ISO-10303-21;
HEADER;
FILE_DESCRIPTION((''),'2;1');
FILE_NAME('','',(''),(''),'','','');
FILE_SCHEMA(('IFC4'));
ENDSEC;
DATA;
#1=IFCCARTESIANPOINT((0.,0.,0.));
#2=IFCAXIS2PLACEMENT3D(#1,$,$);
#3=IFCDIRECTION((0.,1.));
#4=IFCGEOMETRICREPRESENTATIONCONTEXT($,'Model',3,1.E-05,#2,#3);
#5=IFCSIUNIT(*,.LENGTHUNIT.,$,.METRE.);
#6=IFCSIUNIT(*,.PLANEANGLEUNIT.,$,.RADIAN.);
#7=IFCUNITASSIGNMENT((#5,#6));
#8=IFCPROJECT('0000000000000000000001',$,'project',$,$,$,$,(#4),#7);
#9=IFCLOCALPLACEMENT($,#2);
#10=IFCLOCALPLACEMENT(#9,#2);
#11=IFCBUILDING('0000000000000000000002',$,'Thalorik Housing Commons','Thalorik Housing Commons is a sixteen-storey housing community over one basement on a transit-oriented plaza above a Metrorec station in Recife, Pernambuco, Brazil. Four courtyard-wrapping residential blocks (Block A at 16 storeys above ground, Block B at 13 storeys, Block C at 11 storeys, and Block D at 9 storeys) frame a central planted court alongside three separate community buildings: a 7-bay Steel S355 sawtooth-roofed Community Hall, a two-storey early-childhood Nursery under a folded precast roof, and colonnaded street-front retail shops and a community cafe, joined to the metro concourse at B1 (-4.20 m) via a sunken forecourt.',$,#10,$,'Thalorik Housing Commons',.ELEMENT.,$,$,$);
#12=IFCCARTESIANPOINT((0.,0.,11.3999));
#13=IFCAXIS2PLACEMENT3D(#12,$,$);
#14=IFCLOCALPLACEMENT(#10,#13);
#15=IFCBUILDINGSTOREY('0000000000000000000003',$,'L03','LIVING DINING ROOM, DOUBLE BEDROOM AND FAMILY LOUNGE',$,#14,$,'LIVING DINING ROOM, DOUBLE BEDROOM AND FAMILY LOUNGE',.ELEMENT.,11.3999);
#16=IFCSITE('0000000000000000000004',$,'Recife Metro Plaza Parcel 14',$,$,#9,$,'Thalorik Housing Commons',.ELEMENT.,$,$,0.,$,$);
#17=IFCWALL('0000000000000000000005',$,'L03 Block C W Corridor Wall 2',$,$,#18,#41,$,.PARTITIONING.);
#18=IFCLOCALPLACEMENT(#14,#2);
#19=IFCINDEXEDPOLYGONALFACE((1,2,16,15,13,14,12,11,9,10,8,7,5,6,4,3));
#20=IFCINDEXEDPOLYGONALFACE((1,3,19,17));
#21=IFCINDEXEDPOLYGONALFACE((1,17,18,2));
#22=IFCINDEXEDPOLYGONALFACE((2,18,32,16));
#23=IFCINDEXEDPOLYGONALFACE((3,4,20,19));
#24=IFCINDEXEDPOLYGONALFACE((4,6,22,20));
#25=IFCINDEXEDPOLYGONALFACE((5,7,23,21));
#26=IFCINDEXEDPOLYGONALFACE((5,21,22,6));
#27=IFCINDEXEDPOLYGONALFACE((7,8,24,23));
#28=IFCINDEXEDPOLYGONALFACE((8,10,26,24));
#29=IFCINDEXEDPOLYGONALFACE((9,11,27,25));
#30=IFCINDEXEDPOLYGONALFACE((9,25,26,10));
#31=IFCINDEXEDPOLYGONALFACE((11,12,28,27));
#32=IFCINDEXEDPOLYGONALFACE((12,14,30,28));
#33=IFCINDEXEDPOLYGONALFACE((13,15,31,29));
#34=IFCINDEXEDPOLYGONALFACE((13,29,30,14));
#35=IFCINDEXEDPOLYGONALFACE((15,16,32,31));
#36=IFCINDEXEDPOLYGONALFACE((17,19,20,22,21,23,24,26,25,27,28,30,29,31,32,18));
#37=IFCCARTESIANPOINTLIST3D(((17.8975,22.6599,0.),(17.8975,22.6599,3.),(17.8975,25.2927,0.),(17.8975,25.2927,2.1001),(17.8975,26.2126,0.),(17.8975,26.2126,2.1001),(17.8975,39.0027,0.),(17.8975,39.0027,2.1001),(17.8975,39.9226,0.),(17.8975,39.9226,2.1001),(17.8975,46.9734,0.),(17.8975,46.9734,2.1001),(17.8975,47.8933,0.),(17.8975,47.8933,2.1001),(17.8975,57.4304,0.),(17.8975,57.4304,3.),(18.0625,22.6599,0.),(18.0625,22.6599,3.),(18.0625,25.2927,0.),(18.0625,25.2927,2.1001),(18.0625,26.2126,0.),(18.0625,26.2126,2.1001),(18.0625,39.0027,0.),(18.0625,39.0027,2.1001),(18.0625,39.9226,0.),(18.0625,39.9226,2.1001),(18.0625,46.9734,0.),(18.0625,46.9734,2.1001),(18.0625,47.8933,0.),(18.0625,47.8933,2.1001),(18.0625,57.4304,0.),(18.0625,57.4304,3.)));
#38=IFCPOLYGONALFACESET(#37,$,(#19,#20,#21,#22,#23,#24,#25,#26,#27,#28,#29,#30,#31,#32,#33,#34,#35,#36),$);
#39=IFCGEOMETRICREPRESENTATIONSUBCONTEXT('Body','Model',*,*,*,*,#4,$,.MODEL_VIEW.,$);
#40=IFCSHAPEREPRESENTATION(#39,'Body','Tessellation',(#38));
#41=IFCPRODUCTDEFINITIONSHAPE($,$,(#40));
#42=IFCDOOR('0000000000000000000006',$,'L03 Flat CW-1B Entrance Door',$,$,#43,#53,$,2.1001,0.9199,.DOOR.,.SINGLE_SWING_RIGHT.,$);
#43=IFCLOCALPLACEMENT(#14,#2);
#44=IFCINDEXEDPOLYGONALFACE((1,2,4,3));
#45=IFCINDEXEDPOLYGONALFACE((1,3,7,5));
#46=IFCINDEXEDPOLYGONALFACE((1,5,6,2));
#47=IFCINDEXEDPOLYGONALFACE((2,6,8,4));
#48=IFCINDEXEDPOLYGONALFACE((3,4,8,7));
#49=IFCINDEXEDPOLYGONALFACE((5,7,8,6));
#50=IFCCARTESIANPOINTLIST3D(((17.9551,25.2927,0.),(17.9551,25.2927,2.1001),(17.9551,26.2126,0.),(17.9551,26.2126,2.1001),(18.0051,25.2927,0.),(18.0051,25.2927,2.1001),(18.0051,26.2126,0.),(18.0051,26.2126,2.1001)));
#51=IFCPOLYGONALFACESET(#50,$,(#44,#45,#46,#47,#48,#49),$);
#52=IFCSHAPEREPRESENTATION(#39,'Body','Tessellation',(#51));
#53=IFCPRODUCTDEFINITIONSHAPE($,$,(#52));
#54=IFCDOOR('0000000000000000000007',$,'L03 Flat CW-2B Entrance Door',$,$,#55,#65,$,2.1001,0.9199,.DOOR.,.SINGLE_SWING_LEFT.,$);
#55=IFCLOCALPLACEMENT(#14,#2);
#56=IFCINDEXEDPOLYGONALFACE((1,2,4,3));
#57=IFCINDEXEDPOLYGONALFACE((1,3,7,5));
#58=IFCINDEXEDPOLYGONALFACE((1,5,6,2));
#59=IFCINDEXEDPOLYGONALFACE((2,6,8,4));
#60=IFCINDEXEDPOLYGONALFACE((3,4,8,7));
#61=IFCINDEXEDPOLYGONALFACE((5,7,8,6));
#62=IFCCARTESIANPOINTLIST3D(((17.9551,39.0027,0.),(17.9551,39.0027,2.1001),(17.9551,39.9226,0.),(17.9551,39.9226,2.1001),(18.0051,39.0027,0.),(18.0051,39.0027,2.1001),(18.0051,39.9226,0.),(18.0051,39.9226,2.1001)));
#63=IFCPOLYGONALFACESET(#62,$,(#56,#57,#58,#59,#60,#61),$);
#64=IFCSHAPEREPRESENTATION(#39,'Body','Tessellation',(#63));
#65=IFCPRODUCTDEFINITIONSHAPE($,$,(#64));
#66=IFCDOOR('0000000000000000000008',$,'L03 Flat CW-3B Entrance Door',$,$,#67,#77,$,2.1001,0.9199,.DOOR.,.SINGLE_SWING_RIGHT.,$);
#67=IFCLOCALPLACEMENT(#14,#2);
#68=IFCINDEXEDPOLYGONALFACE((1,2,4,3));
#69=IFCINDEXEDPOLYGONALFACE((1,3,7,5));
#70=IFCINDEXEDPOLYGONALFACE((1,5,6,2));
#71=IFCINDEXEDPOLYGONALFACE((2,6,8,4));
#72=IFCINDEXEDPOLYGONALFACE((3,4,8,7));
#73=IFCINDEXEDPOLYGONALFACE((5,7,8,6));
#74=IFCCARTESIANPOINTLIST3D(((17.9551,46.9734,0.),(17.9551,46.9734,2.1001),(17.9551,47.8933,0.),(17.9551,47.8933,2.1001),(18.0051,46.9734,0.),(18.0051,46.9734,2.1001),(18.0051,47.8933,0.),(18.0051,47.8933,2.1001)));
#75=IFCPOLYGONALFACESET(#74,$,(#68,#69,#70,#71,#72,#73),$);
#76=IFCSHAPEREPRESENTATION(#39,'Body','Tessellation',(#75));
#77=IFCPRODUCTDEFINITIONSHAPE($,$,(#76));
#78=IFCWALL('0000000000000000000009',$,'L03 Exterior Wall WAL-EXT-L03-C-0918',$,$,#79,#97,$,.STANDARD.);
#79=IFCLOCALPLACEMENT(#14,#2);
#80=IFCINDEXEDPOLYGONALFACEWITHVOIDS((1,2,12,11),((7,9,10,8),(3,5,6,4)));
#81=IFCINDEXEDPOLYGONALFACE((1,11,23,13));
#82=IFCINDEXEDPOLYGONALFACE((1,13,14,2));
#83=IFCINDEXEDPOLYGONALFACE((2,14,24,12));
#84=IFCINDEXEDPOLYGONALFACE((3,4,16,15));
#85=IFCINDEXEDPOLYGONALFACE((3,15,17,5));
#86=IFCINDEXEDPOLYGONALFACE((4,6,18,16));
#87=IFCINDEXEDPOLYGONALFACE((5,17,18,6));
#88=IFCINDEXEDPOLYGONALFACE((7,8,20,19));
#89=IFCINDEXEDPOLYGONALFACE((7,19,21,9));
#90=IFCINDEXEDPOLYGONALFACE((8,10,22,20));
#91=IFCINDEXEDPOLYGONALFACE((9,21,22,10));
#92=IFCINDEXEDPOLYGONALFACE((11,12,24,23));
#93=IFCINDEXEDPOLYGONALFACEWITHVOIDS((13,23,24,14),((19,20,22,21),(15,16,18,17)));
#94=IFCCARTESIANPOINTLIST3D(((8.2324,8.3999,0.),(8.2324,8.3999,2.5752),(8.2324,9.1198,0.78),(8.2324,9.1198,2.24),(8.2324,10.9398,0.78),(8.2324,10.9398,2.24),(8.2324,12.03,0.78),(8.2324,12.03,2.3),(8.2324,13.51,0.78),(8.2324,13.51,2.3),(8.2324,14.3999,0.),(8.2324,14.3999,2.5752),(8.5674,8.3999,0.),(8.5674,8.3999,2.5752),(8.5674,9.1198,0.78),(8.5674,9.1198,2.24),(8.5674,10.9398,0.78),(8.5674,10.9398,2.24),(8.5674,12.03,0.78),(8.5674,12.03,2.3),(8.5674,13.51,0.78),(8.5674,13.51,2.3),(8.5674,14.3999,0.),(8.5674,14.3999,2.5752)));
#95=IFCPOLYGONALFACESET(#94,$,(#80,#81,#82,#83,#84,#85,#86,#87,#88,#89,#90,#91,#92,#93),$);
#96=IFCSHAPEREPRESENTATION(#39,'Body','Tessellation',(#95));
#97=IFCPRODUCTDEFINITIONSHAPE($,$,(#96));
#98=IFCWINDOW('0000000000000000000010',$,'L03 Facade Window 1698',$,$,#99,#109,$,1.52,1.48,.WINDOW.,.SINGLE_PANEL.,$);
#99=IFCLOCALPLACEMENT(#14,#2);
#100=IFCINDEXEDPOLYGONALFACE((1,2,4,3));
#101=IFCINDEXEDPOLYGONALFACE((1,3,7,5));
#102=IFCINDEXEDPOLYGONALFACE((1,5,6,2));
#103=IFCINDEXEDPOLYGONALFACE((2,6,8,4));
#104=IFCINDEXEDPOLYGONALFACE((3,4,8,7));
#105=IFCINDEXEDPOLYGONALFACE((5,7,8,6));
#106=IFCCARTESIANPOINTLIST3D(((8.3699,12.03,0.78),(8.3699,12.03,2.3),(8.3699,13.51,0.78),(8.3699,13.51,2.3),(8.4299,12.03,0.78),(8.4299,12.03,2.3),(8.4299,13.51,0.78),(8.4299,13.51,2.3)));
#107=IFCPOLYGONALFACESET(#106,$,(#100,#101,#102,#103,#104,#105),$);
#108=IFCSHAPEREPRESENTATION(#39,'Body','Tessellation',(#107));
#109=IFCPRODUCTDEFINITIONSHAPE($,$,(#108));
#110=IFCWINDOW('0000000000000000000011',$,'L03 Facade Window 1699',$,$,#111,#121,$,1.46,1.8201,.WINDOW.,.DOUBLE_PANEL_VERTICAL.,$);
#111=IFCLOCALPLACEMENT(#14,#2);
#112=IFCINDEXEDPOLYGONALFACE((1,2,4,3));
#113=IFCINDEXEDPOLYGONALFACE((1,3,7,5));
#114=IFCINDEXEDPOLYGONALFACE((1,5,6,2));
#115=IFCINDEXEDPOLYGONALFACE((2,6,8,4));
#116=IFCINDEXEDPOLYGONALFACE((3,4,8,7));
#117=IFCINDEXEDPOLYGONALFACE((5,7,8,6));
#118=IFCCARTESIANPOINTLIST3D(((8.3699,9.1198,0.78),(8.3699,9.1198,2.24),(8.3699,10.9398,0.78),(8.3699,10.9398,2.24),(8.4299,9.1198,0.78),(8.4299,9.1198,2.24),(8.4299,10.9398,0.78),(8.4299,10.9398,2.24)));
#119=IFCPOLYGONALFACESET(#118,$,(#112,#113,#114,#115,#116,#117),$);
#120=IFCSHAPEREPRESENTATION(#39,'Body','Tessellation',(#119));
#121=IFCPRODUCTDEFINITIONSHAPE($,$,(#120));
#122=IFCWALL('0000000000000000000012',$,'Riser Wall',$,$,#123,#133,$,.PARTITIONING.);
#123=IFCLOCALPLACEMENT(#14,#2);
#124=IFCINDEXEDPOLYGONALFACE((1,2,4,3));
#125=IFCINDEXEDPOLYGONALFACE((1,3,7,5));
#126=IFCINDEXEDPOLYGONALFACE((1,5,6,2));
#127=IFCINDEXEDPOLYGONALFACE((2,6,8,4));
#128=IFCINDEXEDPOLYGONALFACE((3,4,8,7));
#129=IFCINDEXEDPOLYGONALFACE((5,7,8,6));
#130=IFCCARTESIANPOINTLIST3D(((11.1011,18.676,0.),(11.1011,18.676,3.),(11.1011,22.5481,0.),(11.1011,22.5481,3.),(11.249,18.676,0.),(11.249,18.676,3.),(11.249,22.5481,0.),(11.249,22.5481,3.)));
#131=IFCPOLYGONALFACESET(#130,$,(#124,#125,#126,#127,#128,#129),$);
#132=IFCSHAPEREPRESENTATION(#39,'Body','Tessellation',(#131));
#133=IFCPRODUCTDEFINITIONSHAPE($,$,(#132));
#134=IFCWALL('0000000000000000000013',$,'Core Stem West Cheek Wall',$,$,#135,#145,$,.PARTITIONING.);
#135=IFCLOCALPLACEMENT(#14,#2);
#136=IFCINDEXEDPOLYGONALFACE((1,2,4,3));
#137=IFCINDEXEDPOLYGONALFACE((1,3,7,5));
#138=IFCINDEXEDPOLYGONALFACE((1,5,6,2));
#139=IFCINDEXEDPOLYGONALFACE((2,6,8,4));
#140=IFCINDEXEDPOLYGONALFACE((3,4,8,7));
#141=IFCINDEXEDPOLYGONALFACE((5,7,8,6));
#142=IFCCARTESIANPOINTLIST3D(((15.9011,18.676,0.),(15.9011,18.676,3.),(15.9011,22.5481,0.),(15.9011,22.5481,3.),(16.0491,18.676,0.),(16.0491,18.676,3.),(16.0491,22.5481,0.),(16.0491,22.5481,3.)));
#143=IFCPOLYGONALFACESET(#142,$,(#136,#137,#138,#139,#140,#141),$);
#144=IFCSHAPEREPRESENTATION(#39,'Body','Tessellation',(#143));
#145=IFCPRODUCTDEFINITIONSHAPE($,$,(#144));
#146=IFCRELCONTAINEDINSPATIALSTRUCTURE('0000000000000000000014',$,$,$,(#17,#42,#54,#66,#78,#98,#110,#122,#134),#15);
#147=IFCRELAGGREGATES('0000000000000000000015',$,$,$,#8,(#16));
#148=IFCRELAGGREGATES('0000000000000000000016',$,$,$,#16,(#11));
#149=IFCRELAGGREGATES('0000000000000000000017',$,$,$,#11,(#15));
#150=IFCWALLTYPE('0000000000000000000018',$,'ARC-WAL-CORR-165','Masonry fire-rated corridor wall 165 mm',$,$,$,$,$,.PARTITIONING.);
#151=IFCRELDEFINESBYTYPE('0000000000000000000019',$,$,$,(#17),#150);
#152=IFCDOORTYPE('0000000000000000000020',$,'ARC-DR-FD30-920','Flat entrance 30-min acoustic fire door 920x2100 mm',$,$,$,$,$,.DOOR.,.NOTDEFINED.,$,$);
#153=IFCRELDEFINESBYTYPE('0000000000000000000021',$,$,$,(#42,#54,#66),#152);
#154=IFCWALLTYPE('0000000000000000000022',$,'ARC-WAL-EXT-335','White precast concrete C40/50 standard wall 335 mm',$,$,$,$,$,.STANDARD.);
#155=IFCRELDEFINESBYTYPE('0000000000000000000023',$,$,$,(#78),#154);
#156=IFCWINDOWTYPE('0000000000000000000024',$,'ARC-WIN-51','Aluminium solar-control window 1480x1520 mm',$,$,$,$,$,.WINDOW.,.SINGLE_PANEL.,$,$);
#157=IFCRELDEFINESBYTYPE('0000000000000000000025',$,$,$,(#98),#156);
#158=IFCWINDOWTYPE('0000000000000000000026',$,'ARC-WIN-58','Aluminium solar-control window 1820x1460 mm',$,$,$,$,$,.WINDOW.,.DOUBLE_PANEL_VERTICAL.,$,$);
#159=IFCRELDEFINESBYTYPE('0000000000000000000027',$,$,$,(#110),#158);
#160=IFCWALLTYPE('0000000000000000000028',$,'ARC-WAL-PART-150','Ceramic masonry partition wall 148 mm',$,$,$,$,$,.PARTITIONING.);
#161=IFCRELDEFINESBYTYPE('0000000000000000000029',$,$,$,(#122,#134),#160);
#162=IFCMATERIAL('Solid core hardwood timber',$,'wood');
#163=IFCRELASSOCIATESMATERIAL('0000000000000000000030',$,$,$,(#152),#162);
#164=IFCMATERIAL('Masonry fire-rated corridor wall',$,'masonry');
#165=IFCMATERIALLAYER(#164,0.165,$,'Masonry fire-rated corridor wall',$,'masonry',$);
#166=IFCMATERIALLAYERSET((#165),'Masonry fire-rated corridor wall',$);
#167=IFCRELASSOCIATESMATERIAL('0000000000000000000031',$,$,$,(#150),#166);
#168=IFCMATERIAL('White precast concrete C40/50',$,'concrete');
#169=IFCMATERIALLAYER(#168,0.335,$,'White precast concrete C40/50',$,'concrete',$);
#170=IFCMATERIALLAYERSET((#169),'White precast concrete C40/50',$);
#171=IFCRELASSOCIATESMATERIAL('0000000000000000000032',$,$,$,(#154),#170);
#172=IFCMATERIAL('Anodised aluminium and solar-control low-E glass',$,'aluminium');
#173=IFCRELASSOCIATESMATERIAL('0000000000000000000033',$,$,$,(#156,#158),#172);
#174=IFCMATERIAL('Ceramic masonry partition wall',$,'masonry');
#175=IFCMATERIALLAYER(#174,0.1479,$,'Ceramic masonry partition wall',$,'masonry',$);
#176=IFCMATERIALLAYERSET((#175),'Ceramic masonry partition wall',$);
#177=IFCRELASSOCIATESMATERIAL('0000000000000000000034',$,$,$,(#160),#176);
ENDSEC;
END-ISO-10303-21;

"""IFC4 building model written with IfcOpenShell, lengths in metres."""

from ifc_helpers import new_model, si_unit, direction, frame, frame_2d, origin, place, context, subcontext, project, spatial, rectangle, extrude, material, layer, layer_set, type_object, element, fill, save


model = new_model("IFC4")

# Units and contexts
model_context = context("Model", 3, precision=1e-05, world=origin(), true_north=direction((0.0, 1.0)))
body_context = subcontext(model_context, "Body", "Model", "MODEL_VIEW")
ifc_project = project(units=[si_unit("LENGTHUNIT", "METRE"), si_unit("PLANEANGLEUNIT", "RADIAN")], contexts=[model_context])

# Site, building, storey
site_placement = place(None, origin())
site = spatial("IfcSite", under=ifc_project, at=site_placement, Name="Recife Metro Plaza Parcel 14", LongName="Thalorik Housing Commons", CompositionType="ELEMENT", RefElevation=0.0)
building_placement = place(site_placement, origin())
building = spatial("IfcBuilding", under=site, at=building_placement, Name="Thalorik Housing Commons", Description="Thalorik Housing Commons is a sixteen-storey housing community over one basement on a transit-oriented plaza above a Metrorec station in Recife, Pernambuco, Brazil. Four courtyard-wrapping residential blocks (Block A at 16 storeys above ground, Block B at 13 storeys, Block C at 11 storeys, and Block D at 9 storeys) frame a central planted court alongside three separate community buildings: a 7-bay Steel S355 sawtooth-roofed Community Hall, a two-storey early-childhood Nursery under a folded precast roof, and colonnaded street-front retail shops and a community cafe, joined to the metro concourse at B1 (-4.20 m) via a sunken forecourt.", LongName="Thalorik Housing Commons", CompositionType="ELEMENT")
storey_placement = place(building_placement, frame((0.0, 0.0, 11.3999)))
storey = spatial("IfcBuildingStorey", under=building, at=storey_placement, Name="L03", Description="LIVING DINING ROOM, DOUBLE BEDROOM AND FAMILY LOUNGE", LongName="LIVING DINING ROOM, DOUBLE BEDROOM AND FAMILY LOUNGE", CompositionType="ELEMENT", Elevation=11.3999)

# Wall, openings, doors
ifc_material_1 = material(Name="Masonry fire-rated corridor wall", Category="masonry")
ifc_material_2 = material(Name="Solid core hardwood timber", Category="wood")
door_type_1 = type_object("IfcDoorType", Name="ARC-DR-FD30-920", Description="Flat entrance 30-min acoustic fire door 920x2100 mm", OperationType="NOTDEFINED", PredefinedType="DOOR", material=ifc_material_2)
ifc_layer_1 = layer(ifc_material_1, 0.165, Name="Masonry fire-rated corridor wall", Category="masonry")
ifc_layer_set_1 = layer_set([ifc_layer_1], Name="Masonry fire-rated corridor wall")
wall_type_1 = type_object("IfcWallType", Name="ARC-WAL-CORR-165", Description="Masonry fire-rated corridor wall 165 mm", PredefinedType="PARTITIONING", material=ifc_layer_set_1)
wall_1_placement = place(storey_placement, frame((17.98, 22.6599, 0.0), z_axis=(0.0, 0.0, 1.0), x_axis=(0.0, 1.0, 0.0)))
wall_1 = element("IfcWall", 1, at=wall_1_placement, inside=storey, type_object=wall_type_1, Name="L03 Block C W Corridor Wall 2", PredefinedType="PARTITIONING", context=body_context, shape_type="SweptSolid", body=[
    extrude(rectangle(XDim=34.7705, YDim=0.165, at=frame_2d((17.3853, 0.0))), origin(), (0.0, 0.0, 1.0), 3.0),
])
opening_1_placement = place(wall_1_placement, frame((2.6328, 0.0, 0.0)))
opening_1 = element("IfcOpeningElement", 2, at=opening_1_placement, cuts=wall_1, PredefinedType="OPENING", context=body_context, shape_type="SweptSolid", body=[
    extrude(rectangle(XDim=0.9199, YDim=2.1001, at=frame_2d((0.46, 1.05))), frame((0.0, 0.0925, 0.0), z_axis=(0.0, -1.0, 0.0), x_axis=(1.0, 0.0, 0.0)), (0.0, 0.0, 1.0), 0.1851),
])
opening_2_placement = place(wall_1_placement, frame((16.3428, 0.0, 0.0)))
opening_2 = element("IfcOpeningElement", 3, at=opening_2_placement, cuts=wall_1, PredefinedType="OPENING", context=body_context, shape_type="SweptSolid", body=[
    extrude(rectangle(XDim=0.9199, YDim=2.1001, at=frame_2d((0.46, 1.05))), frame((0.0, 0.0925, 0.0), z_axis=(0.0, -1.0, 0.0), x_axis=(1.0, 0.0, 0.0)), (0.0, 0.0, 1.0), 0.1851),
])
opening_3_placement = place(wall_1_placement, frame((24.3135, 0.0, 0.0)))
opening_3 = element("IfcOpeningElement", 4, at=opening_3_placement, cuts=wall_1, PredefinedType="OPENING", context=body_context, shape_type="SweptSolid", body=[
    extrude(rectangle(XDim=0.9199, YDim=2.1001, at=frame_2d((0.46, 1.05))), frame((0.0, 0.0925, 0.0), z_axis=(0.0, -1.0, 0.0), x_axis=(1.0, 0.0, 0.0)), (0.0, 0.0, 1.0), 0.1851),
])
door_1_placement = place(opening_1_placement, origin())
door_1 = element("IfcDoor", 5, at=door_1_placement, inside=storey, type_object=door_type_1, Name="L03 Flat CW-1B Entrance Door", OperationType="SINGLE_SWING_RIGHT", OverallHeight=2.1001, OverallWidth=0.9199, PredefinedType="DOOR", context=body_context, shape_type="SweptSolid", body=[
    extrude(rectangle(XDim=0.9199, YDim=2.1001, at=frame_2d((0.46, 1.05))), frame((0.0, 0.0249, 0.0), z_axis=(0.0, -1.0, 0.0), x_axis=(1.0, 0.0, 0.0)), (0.0, 0.0, 1.0), 0.05),
])
fill(opening_1, door_1)
door_2_placement = place(opening_2_placement, origin())
door_2 = element("IfcDoor", 6, at=door_2_placement, inside=storey, type_object=door_type_1, Name="L03 Flat CW-2B Entrance Door", OperationType="SINGLE_SWING_LEFT", OverallHeight=2.1001, OverallWidth=0.9199, PredefinedType="DOOR", context=body_context, shape_type="SweptSolid", body=[
    extrude(rectangle(XDim=0.9199, YDim=2.1001, at=frame_2d((0.46, 1.05))), frame((0.0, 0.0249, 0.0), z_axis=(0.0, -1.0, 0.0), x_axis=(1.0, 0.0, 0.0)), (0.0, 0.0, 1.0), 0.05),
])
fill(opening_2, door_2)
door_3_placement = place(opening_3_placement, origin())
door_3 = element("IfcDoor", 7, at=door_3_placement, inside=storey, type_object=door_type_1, Name="L03 Flat CW-3B Entrance Door", OperationType="SINGLE_SWING_RIGHT", OverallHeight=2.1001, OverallWidth=0.9199, PredefinedType="DOOR", context=body_context, shape_type="SweptSolid", body=[
    extrude(rectangle(XDim=0.9199, YDim=2.1001, at=frame_2d((0.46, 1.05))), frame((0.0, 0.0249, 0.0), z_axis=(0.0, -1.0, 0.0), x_axis=(1.0, 0.0, 0.0)), (0.0, 0.0, 1.0), 0.05),
])
fill(opening_3, door_3)

# Wall, openings, windows
ifc_material_3 = material(Name="White precast concrete C40/50", Category="concrete")
ifc_layer_2 = layer(ifc_material_3, 0.335, Name="White precast concrete C40/50", Category="concrete")
ifc_layer_set_2 = layer_set([ifc_layer_2], Name="White precast concrete C40/50")
wall_type_2 = type_object("IfcWallType", Name="ARC-WAL-EXT-335", Description="White precast concrete C40/50 standard wall 335 mm", PredefinedType="STANDARD", material=ifc_layer_set_2)
wall_2_placement = place(storey_placement, frame((8.3999, 14.3999, 0.0), z_axis=(0.0, 0.0, 1.0), x_axis=(0.0, -1.0, 0.0)))
wall_2 = element("IfcWall", 8, at=wall_2_placement, inside=storey, type_object=wall_type_2, Name="L03 Exterior Wall WAL-EXT-L03-C-0918", PredefinedType="STANDARD", context=body_context, shape_type="SweptSolid", body=[
    extrude(rectangle(XDim=6.0, YDim=0.335, at=frame_2d((3.0, 0.0))), origin(), (0.0, 0.0, 1.0), 2.5752),
])
opening_4_placement = place(wall_2_placement, frame((0.8899, 0.0, 0.78)))
opening_4 = element("IfcOpeningElement", 9, at=opening_4_placement, cuts=wall_2, PredefinedType="OPENING", context=body_context, shape_type="SweptSolid", body=[
    extrude(rectangle(XDim=1.48, YDim=1.52, at=frame_2d((0.74, 0.76))), frame((0.0, 0.1775, 0.0), z_axis=(0.0, -1.0, 0.0), x_axis=(1.0, 0.0, 0.0)), (0.0, 0.0, 1.0), 0.355),
])
opening_5_placement = place(wall_2_placement, frame((3.46, 0.0, 0.78)))
opening_5 = element("IfcOpeningElement", 10, at=opening_5_placement, cuts=wall_2, PredefinedType="OPENING", context=body_context, shape_type="SweptSolid", body=[
    extrude(rectangle(XDim=1.8201, YDim=1.46, at=frame_2d((0.9102, 0.73))), frame((0.0, 0.1775, 0.0), z_axis=(0.0, -1.0, 0.0), x_axis=(1.0, 0.0, 0.0)), (0.0, 0.0, 1.0), 0.355),
])
ifc_material_4 = material(Name="Anodised aluminium and solar-control low-E glass", Category="aluminium")
window_type_1 = type_object("IfcWindowType", Name="ARC-WIN-51", Description="Aluminium solar-control window 1480x1520 mm", PartitioningType="SINGLE_PANEL", PredefinedType="WINDOW", material=ifc_material_4)
window_1_placement = place(opening_4_placement, origin())
window_1 = element("IfcWindow", 11, at=window_1_placement, inside=storey, type_object=window_type_1, Name="L03 Facade Window 1698", OverallHeight=1.52, OverallWidth=1.48, PartitioningType="SINGLE_PANEL", PredefinedType="WINDOW", context=body_context, shape_type="SweptSolid", body=[
    extrude(rectangle(XDim=1.48, YDim=1.52, at=frame_2d((0.74, 0.76))), frame((0.0, 0.03, 0.0), z_axis=(0.0, -1.0, 0.0), x_axis=(1.0, 0.0, 0.0)), (0.0, 0.0, 1.0), 0.0601),
])
fill(opening_4, window_1)
window_type_2 = type_object("IfcWindowType", Name="ARC-WIN-58", Description="Aluminium solar-control window 1820x1460 mm", PartitioningType="DOUBLE_PANEL_VERTICAL", PredefinedType="WINDOW", material=ifc_material_4)
window_2_placement = place(opening_5_placement, origin())
window_2 = element("IfcWindow", 12, at=window_2_placement, inside=storey, type_object=window_type_2, Name="L03 Facade Window 1699", OverallHeight=1.46, OverallWidth=1.8201, PartitioningType="DOUBLE_PANEL_VERTICAL", PredefinedType="WINDOW", context=body_context, shape_type="SweptSolid", body=[
    extrude(rectangle(XDim=1.8201, YDim=1.46, at=frame_2d((0.9102, 0.73))), frame((0.0, 0.03, 0.0), z_axis=(0.0, -1.0, 0.0), x_axis=(1.0, 0.0, 0.0)), (0.0, 0.0, 1.0), 0.0601),
])
fill(opening_5, window_2)

# Walls
ifc_material_5 = material(Name="Ceramic masonry partition wall", Category="masonry")
ifc_layer_3 = layer(ifc_material_5, 0.1479, Name="Ceramic masonry partition wall", Category="masonry")
ifc_layer_set_3 = layer_set([ifc_layer_3], Name="Ceramic masonry partition wall")
wall_type_3 = type_object("IfcWallType", Name="ARC-WAL-PART-150", Description="Ceramic masonry partition wall 148 mm", PredefinedType="PARTITIONING", material=ifc_layer_set_3)
for number, where, z_axis, x_axis, name in (
    (13, (11.175, 18.676, 0.0), (0.0, 0.0, 1.0), (0.0, 1.0, 0.0), "Riser Wall"),
    (14, (15.9751, 18.676, 0.0), (0.0, 0.0, 1.0), (0.0, 1.0, 0.0), "Core Stem West Cheek Wall"),
):
    element("IfcWall", number, at=place(storey_placement, frame(where, z_axis=z_axis, x_axis=x_axis)), inside=storey, type_object=wall_type_3, Name=name, PredefinedType="PARTITIONING", context=body_context, shape_type="SweptSolid", body=[
        extrude(rectangle(XDim=3.8721, YDim=0.1479, at=frame_2d((1.936, 0.0))), origin(), (0.0, 0.0, 1.0), 3.0),
    ])

save(model, "model.ifc")
